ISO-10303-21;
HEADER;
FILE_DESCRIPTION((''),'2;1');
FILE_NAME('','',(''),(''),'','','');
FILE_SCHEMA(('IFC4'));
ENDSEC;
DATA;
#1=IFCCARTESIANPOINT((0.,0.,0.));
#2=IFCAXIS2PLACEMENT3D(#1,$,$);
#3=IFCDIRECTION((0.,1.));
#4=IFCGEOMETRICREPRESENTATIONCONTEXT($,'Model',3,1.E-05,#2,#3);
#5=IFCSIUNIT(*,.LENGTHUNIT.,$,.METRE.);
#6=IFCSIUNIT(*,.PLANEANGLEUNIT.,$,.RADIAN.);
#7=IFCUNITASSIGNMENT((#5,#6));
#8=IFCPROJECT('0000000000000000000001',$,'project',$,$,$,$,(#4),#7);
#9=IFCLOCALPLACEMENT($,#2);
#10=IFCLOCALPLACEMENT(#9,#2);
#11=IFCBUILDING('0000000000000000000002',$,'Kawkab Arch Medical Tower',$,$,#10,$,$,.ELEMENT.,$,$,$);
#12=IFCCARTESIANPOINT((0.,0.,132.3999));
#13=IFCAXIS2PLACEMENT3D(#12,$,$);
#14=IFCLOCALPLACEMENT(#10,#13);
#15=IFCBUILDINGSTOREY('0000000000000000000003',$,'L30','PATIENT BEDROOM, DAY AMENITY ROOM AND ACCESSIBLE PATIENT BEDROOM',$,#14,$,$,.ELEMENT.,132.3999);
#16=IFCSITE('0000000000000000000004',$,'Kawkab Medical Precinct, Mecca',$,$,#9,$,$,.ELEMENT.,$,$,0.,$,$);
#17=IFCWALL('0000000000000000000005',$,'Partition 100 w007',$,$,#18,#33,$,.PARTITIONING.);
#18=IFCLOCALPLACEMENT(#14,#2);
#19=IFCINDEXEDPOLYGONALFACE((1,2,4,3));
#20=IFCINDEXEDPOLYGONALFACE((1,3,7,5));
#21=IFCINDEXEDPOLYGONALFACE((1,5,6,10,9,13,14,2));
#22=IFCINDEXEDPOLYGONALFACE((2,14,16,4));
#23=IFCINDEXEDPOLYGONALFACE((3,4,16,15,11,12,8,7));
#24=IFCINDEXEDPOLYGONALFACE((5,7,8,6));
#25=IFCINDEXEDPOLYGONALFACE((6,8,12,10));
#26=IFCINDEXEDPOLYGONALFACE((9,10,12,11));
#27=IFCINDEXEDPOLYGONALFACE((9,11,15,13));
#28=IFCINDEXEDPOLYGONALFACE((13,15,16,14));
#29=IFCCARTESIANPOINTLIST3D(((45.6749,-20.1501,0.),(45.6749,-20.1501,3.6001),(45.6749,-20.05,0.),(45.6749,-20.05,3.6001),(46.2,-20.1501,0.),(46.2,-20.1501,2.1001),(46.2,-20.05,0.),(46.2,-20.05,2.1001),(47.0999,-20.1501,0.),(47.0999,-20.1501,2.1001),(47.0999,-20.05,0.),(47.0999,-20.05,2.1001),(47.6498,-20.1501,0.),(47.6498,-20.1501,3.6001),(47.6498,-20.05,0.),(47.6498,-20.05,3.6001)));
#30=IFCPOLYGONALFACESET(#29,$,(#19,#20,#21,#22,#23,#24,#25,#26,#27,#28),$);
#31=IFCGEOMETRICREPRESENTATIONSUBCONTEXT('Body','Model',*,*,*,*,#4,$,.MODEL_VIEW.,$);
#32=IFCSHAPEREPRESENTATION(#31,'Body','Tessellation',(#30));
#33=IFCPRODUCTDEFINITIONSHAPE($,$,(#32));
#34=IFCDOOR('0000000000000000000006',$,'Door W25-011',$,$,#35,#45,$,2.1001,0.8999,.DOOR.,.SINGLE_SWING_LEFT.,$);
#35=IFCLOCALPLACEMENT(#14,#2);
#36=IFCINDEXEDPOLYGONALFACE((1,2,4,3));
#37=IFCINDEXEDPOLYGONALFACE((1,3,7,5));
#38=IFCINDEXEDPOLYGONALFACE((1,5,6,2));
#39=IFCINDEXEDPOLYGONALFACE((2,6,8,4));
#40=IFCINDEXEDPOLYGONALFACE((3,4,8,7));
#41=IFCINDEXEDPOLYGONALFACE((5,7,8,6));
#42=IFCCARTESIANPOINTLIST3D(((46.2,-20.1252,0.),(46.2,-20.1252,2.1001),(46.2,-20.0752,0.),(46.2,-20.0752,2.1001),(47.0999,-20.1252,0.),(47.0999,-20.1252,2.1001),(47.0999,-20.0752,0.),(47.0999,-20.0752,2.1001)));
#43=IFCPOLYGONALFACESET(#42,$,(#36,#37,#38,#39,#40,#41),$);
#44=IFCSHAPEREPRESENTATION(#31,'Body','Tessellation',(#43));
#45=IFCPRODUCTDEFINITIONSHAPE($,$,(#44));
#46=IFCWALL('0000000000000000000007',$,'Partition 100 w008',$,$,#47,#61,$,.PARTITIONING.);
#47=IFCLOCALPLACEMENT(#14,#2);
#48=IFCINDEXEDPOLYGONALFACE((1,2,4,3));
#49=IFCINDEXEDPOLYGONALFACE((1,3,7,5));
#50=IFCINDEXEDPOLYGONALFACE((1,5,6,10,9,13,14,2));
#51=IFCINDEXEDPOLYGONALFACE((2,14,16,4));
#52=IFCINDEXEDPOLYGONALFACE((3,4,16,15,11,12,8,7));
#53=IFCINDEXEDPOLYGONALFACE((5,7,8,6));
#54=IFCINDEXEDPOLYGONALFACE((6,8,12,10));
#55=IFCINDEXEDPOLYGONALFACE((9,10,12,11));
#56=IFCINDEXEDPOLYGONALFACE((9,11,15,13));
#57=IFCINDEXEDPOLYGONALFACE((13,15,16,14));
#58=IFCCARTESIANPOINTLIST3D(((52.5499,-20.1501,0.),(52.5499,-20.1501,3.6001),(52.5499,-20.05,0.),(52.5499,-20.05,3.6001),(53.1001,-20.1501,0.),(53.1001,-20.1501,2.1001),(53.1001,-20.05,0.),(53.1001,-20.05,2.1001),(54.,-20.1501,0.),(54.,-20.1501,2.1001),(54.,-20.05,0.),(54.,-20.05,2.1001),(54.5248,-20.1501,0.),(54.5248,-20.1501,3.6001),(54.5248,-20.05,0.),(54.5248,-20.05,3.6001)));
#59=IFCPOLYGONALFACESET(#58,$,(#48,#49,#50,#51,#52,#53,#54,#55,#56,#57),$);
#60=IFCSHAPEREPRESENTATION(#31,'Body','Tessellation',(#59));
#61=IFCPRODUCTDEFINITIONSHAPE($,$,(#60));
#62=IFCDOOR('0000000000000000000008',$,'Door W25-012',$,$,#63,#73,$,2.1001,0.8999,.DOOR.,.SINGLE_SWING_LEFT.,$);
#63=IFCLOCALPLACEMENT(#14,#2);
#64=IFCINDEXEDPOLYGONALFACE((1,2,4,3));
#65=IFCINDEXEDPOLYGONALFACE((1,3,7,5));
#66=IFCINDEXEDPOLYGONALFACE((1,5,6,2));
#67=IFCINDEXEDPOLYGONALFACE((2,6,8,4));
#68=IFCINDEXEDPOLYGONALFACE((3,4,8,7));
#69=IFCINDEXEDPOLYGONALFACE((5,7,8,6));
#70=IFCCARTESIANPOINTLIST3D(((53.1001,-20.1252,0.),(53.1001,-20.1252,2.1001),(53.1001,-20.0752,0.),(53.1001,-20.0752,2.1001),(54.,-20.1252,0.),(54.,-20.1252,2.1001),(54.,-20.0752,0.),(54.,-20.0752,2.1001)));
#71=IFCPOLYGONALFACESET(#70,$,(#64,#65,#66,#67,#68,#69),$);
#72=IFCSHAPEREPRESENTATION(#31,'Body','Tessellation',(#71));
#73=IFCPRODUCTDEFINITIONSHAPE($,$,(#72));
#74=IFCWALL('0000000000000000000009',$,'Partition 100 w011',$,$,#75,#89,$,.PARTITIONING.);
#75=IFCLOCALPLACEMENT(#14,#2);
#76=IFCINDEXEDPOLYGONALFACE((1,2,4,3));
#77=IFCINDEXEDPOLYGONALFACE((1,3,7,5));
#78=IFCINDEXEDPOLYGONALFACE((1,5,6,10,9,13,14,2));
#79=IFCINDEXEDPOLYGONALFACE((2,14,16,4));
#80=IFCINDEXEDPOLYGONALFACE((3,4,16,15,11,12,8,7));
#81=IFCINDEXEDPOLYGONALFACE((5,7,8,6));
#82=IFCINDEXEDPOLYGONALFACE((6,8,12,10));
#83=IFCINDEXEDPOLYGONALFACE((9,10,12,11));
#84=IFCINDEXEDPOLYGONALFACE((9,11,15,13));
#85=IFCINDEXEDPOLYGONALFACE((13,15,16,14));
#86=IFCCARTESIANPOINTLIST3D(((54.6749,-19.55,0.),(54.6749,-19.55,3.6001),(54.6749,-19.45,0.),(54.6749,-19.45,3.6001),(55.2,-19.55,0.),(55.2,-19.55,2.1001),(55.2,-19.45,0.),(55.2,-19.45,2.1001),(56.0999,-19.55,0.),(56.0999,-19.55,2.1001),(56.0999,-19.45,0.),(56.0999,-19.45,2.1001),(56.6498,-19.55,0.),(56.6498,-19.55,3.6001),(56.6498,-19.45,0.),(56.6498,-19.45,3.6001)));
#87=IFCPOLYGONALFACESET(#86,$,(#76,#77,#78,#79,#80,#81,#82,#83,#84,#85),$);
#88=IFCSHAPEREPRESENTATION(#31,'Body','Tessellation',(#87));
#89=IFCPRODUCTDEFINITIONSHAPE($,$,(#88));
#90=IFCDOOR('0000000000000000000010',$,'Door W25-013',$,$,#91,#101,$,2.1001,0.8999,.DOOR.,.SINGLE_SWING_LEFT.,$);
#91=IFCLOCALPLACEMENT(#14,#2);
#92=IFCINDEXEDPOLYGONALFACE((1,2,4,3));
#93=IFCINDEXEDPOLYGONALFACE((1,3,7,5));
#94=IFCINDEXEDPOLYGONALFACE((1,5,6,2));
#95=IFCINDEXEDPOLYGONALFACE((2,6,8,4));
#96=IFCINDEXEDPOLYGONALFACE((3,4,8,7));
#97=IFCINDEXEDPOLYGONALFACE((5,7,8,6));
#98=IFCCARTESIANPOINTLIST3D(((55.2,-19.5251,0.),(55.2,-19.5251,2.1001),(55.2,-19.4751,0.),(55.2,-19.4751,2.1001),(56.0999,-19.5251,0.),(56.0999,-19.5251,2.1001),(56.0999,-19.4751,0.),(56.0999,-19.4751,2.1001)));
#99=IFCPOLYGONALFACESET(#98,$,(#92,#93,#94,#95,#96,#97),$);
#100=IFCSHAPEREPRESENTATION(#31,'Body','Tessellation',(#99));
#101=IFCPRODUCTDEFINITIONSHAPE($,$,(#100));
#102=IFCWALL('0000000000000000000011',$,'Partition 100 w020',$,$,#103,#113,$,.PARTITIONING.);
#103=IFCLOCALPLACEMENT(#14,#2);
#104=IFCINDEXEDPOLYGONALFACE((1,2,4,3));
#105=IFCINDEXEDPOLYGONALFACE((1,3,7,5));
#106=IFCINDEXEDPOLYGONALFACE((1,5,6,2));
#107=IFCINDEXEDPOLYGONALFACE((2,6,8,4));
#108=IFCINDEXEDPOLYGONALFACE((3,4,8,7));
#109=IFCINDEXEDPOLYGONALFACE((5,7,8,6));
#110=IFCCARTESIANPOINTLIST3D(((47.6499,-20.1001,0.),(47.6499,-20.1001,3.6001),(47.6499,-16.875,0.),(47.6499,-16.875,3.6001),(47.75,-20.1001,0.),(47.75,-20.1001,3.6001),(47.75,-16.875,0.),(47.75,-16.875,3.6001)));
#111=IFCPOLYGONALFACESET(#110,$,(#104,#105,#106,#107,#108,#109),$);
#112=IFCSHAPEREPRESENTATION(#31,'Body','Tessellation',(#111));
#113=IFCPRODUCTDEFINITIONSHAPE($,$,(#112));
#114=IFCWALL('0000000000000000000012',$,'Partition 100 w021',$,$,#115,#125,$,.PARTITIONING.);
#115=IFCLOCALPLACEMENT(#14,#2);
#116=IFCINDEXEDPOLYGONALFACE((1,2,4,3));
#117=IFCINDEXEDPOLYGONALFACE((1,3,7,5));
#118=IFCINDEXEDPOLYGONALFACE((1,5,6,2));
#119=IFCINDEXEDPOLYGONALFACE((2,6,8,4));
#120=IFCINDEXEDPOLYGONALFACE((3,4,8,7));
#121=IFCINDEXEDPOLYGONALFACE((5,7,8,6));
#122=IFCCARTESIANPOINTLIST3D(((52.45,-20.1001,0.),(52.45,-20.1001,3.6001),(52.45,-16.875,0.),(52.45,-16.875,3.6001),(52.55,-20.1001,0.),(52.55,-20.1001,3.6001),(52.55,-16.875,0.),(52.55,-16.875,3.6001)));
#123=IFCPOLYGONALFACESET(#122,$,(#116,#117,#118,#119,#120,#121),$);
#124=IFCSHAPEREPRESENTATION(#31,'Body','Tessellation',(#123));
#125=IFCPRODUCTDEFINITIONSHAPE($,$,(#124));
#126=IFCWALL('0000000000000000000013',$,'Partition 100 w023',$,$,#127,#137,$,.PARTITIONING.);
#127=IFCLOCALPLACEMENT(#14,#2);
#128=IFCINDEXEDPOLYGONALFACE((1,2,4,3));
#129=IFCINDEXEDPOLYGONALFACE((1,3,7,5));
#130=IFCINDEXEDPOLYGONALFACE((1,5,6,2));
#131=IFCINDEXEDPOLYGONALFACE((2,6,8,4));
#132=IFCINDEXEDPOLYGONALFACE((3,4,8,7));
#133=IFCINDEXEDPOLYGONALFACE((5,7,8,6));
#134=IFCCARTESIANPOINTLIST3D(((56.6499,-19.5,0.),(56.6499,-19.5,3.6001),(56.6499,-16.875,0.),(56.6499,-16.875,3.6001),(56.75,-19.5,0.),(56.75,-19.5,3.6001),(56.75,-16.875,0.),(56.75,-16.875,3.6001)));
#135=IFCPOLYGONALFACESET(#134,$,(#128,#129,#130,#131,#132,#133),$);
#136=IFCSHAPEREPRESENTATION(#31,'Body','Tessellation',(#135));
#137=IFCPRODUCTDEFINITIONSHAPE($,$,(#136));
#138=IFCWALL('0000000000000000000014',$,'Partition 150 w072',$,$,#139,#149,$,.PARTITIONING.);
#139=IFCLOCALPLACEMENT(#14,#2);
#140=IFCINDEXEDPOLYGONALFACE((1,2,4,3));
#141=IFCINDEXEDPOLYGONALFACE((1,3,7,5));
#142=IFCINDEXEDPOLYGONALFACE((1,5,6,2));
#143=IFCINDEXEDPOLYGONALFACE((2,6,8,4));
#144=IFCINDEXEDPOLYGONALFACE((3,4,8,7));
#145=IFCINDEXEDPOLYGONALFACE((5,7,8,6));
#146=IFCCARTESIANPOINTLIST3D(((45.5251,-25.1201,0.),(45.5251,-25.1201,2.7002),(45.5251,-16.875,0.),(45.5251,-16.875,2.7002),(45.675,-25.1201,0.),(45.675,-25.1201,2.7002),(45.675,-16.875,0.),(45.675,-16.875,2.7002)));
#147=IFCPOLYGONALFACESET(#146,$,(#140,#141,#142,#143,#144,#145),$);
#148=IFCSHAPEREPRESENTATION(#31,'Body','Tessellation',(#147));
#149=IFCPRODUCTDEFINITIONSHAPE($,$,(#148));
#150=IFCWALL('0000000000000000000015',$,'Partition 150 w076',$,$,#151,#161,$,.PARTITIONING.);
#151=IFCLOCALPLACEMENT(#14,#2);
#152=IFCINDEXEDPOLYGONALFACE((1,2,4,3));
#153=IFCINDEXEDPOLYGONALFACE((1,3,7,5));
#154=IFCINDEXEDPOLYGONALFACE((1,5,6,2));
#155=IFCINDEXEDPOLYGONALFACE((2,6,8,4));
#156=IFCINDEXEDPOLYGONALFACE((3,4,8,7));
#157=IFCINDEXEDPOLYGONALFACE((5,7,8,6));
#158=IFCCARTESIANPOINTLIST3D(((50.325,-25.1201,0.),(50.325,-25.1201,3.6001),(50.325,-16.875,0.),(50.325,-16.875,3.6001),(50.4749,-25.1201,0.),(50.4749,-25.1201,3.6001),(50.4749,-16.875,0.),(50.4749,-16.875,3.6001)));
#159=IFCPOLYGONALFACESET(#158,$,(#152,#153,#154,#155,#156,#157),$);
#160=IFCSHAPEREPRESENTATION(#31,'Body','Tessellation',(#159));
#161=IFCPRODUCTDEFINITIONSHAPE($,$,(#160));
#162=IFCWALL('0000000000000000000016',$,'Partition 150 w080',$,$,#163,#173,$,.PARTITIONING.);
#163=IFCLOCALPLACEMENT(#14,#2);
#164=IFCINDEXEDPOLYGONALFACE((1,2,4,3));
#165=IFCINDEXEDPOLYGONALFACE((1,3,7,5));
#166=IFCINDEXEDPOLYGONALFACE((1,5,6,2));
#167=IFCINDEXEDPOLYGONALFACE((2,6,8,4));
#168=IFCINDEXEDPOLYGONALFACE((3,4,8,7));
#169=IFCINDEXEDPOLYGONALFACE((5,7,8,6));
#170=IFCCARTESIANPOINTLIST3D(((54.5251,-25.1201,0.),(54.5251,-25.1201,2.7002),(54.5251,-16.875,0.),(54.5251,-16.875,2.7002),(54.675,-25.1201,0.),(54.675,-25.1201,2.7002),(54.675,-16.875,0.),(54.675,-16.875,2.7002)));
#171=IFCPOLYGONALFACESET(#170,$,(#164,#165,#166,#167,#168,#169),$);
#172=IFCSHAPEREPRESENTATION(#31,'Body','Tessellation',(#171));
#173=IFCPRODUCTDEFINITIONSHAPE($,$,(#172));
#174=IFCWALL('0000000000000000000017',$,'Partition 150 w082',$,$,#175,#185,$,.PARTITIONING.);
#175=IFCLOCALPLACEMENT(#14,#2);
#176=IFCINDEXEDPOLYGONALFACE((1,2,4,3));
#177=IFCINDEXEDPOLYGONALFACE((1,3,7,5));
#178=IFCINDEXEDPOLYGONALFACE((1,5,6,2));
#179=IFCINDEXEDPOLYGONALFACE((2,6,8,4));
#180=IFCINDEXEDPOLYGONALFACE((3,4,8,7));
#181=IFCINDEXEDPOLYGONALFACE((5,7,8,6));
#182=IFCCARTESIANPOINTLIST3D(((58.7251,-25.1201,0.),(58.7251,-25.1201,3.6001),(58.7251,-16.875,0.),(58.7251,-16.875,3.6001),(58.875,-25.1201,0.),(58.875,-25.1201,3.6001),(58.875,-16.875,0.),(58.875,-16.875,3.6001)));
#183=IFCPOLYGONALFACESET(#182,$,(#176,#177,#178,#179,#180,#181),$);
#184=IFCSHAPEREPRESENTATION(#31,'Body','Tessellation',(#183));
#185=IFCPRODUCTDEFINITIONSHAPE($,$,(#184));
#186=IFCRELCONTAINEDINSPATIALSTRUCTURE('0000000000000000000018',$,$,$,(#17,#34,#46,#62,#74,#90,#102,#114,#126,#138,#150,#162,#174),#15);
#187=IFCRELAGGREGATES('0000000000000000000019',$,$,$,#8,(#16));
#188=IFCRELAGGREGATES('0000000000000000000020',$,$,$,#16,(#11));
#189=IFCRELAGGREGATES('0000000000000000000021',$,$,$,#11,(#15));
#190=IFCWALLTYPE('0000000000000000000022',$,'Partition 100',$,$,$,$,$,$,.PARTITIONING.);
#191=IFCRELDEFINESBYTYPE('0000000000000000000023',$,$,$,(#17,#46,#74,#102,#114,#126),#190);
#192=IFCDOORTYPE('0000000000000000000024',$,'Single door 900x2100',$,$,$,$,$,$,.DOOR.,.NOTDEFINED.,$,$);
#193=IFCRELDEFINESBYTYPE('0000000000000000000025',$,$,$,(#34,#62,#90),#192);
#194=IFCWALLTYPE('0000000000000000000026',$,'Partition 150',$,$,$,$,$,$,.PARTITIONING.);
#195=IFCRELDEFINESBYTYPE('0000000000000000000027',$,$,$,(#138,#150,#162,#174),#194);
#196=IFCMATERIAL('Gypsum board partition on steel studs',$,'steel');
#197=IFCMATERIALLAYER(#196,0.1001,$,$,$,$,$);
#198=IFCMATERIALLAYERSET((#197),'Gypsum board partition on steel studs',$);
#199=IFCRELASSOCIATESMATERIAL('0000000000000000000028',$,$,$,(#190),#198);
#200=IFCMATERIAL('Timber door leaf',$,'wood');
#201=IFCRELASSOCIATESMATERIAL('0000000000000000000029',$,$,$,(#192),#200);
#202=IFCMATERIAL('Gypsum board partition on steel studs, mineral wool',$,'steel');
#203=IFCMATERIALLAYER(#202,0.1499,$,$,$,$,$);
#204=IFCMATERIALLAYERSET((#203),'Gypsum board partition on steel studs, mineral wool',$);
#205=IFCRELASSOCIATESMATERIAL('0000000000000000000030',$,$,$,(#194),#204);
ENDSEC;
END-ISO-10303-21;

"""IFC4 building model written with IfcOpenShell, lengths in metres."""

from ifc_helpers import new_model, si_unit, direction, frame, frame_2d, origin, place, context, subcontext, project, spatial, rectangle, extrude, material, layer, layer_set, type_object, element, fill, save


model = new_model("IFC4")

# Units and contexts
model_context = context("Model", 3, precision=1e-05, world=origin(), true_north=direction((0.0, 1.0)))
body_context = subcontext(model_context, "Body", "Model", "MODEL_VIEW")
ifc_project = project(units=[si_unit("LENGTHUNIT", "METRE"), si_unit("PLANEANGLEUNIT", "RADIAN")], contexts=[model_context])

# Site, building, storey
site_placement = place(None, origin())
site = spatial("IfcSite", under=ifc_project, at=site_placement, Name="Kawkab Medical Precinct, Mecca", CompositionType="ELEMENT", RefElevation=0.0)
building_placement = place(site_placement, origin())
building = spatial("IfcBuilding", under=site, at=building_placement, Name="Kawkab Arch Medical Tower", CompositionType="ELEMENT")
storey_placement = place(building_placement, frame((0.0, 0.0, 132.3999)))
storey = spatial("IfcBuildingStorey", under=building, at=storey_placement, Name="L30", Description="PATIENT BEDROOM, DAY AMENITY ROOM AND ACCESSIBLE PATIENT BEDROOM", CompositionType="ELEMENT", Elevation=132.3999)

# Walls, openings, doors
ifc_material_1 = material(Name="Gypsum board partition on steel studs", Category="steel")
ifc_layer_1 = layer(ifc_material_1, 0.1001)
ifc_layer_set_1 = layer_set([ifc_layer_1], Name="Gypsum board partition on steel studs")
wall_type_1 = type_object("IfcWallType", Name="Partition 100", PredefinedType="PARTITIONING", material=ifc_layer_set_1)
wall_1_placement = place(storey_placement, frame((45.675, -20.1001, 0.0), z_axis=(0.0, 0.0, 1.0), x_axis=(1.0, 0.0, 0.0)))
wall_1 = element("IfcWall", 1, at=wall_1_placement, inside=storey, type_object=wall_type_1, Name="Partition 100 w007", PredefinedType="PARTITIONING", context=body_context, shape_type="SweptSolid", body=[
    extrude(rectangle(XDim=1.9749, YDim=0.1001, at=frame_2d((0.9873, 0.0))), origin(), (0.0, 0.0, 1.0), 3.6001),
])
opening_1_placement = place(wall_1_placement, frame((0.5249, 0.0, 0.0)))
opening_1 = element("IfcOpeningElement", 2, at=opening_1_placement, cuts=wall_1, PredefinedType="OPENING", context=body_context, shape_type="SweptSolid", body=[
    extrude(rectangle(XDim=0.8999, YDim=2.1001, at=frame_2d((0.45, 1.05))), frame((0.0, 0.0601, 0.0), z_axis=(0.0, -1.0, 0.0), x_axis=(1.0, 0.0, 0.0)), (0.0, 0.0, 1.0), 0.1201),
])
ifc_material_2 = material(Name="Timber door leaf", Category="wood")
door_type = type_object("IfcDoorType", Name="Single door 900x2100", OperationType="NOTDEFINED", PredefinedType="DOOR", material=ifc_material_2)
door_1_placement = place(opening_1_placement, origin())
door_1 = element("IfcDoor", 3, at=door_1_placement, inside=storey, type_object=door_type, Name="Door W25-011", OperationType="SINGLE_SWING_LEFT", OverallHeight=2.1001, OverallWidth=0.8999, PredefinedType="DOOR", context=body_context, shape_type="SweptSolid", body=[
    extrude(rectangle(XDim=0.8999, YDim=2.1001, at=frame_2d((0.45, 1.05))), frame((0.0, 0.0249, 0.0), z_axis=(0.0, -1.0, 0.0), x_axis=(1.0, 0.0, 0.0)), (0.0, 0.0, 1.0), 0.05),
])
fill(opening_1, door_1)
wall_2_placement = place(storey_placement, frame((52.55, -20.1001, 0.0), z_axis=(0.0, 0.0, 1.0), x_axis=(1.0, 0.0, 0.0)))
wall_2 = element("IfcWall", 4, at=wall_2_placement, inside=storey, type_object=wall_type_1, Name="Partition 100 w008", PredefinedType="PARTITIONING", context=body_context, shape_type="SweptSolid", body=[
    extrude(rectangle(XDim=1.9749, YDim=0.1001, at=frame_2d((0.9873, 0.0))), origin(), (0.0, 0.0, 1.0), 3.6001),
])
opening_2_placement = place(wall_2_placement, frame((0.55, 0.0, 0.0)))
opening_2 = element("IfcOpeningElement", 5, at=opening_2_placement, cuts=wall_2, PredefinedType="OPENING", context=body_context, shape_type="SweptSolid", body=[
    extrude(rectangle(XDim=0.8999, YDim=2.1001, at=frame_2d((0.45, 1.05))), frame((0.0, 0.0601, 0.0), z_axis=(0.0, -1.0, 0.0), x_axis=(1.0, 0.0, 0.0)), (0.0, 0.0, 1.0), 0.1201),
])
door_2_placement = place(opening_2_placement, origin())
door_2 = element("IfcDoor", 6, at=door_2_placement, inside=storey, type_object=door_type, Name="Door W25-012", OperationType="SINGLE_SWING_LEFT", OverallHeight=2.1001, OverallWidth=0.8999, PredefinedType="DOOR", context=body_context, shape_type="SweptSolid", body=[
    extrude(rectangle(XDim=0.8999, YDim=2.1001, at=frame_2d((0.45, 1.05))), frame((0.0, 0.0249, 0.0), z_axis=(0.0, -1.0, 0.0), x_axis=(1.0, 0.0, 0.0)), (0.0, 0.0, 1.0), 0.05),
])
fill(opening_2, door_2)
wall_3_placement = place(storey_placement, frame((54.675, -19.5, 0.0), z_axis=(0.0, 0.0, 1.0), x_axis=(1.0, 0.0, 0.0)))
wall_3 = element("IfcWall", 7, at=wall_3_placement, inside=storey, type_object=wall_type_1, Name="Partition 100 w011", PredefinedType="PARTITIONING", context=body_context, shape_type="SweptSolid", body=[
    extrude(rectangle(XDim=1.9749, YDim=0.1001, at=frame_2d((0.9873, 0.0))), origin(), (0.0, 0.0, 1.0), 3.6001),
])
opening_3_placement = place(wall_3_placement, frame((0.5249, 0.0, 0.0)))
opening_3 = element("IfcOpeningElement", 8, at=opening_3_placement, cuts=wall_3, PredefinedType="OPENING", context=body_context, shape_type="SweptSolid", body=[
    extrude(rectangle(XDim=0.8999, YDim=2.1001, at=frame_2d((0.45, 1.05))), frame((0.0, 0.0601, 0.0), z_axis=(0.0, -1.0, 0.0), x_axis=(1.0, 0.0, 0.0)), (0.0, 0.0, 1.0), 0.1201),
])
door_3_placement = place(opening_3_placement, origin())
door_3 = element("IfcDoor", 9, at=door_3_placement, inside=storey, type_object=door_type, Name="Door W25-013", OperationType="SINGLE_SWING_LEFT", OverallHeight=2.1001, OverallWidth=0.8999, PredefinedType="DOOR", context=body_context, shape_type="SweptSolid", body=[
    extrude(rectangle(XDim=0.8999, YDim=2.1001, at=frame_2d((0.45, 1.05))), frame((0.0, 0.0249, 0.0), z_axis=(0.0, -1.0, 0.0), x_axis=(1.0, 0.0, 0.0)), (0.0, 0.0, 1.0), 0.05),
])
fill(opening_3, door_3)

# Walls
for number, where, z_axis, x_axis, name in (
    (10, (47.7, -20.1001, 0.0), (0.0, 0.0, 1.0), (0.0, 1.0, 0.0), "Partition 100 w020"),
    (11, (52.5, -20.1001, 0.0), (0.0, 0.0, 1.0), (0.0, 1.0, 0.0), "Partition 100 w021"),
):
    element("IfcWall", number, at=place(storey_placement, frame(where, z_axis=z_axis, x_axis=x_axis)), inside=storey, type_object=wall_type_1, Name=name, PredefinedType="PARTITIONING", context=body_context, shape_type="SweptSolid", body=[
        extrude(rectangle(XDim=3.2251, YDim=0.1001, at=frame_2d((1.6125, 0.0))), origin(), (0.0, 0.0, 1.0), 3.6001),
    ])
wall_4_placement = place(storey_placement, frame((56.7, -19.5, 0.0), z_axis=(0.0, 0.0, 1.0), x_axis=(0.0, 1.0, 0.0)))
element("IfcWall", 12, at=wall_4_placement, inside=storey, type_object=wall_type_1, Name="Partition 100 w023", PredefinedType="PARTITIONING", context=body_context, shape_type="SweptSolid", body=[
    extrude(rectangle(XDim=2.625, YDim=0.1001, at=frame_2d((1.3125, 0.0))), origin(), (0.0, 0.0, 1.0), 3.6001),
])
ifc_material_3 = material(Name="Gypsum board partition on steel studs, mineral wool", Category="steel")
ifc_layer_2 = layer(ifc_material_3, 0.1499)
ifc_layer_set_2 = layer_set([ifc_layer_2], Name="Gypsum board partition on steel studs, mineral wool")
wall_type_2 = type_object("IfcWallType", Name="Partition 150", PredefinedType="PARTITIONING", material=ifc_layer_set_2)
wall_5_placement = place(storey_placement, frame((45.6001, -25.1201, 0.0), z_axis=(0.0, 0.0, 1.0), x_axis=(0.0, 1.0, 0.0)))
element("IfcWall", 13, at=wall_5_placement, inside=storey, type_object=wall_type_2, Name="Partition 150 w072", PredefinedType="PARTITIONING", context=body_context, shape_type="SweptSolid", body=[
    extrude(rectangle(XDim=8.2451, YDim=0.1499, at=frame_2d((4.1226, 0.0))), origin(), (0.0, 0.0, 1.0), 2.7002),
])
wall_6_placement = place(storey_placement, frame((50.3999, -25.1201, 0.0), z_axis=(0.0, 0.0, 1.0), x_axis=(0.0, 1.0, 0.0)))
element("IfcWall", 14, at=wall_6_placement, inside=storey, type_object=wall_type_2, Name="Partition 150 w076", PredefinedType="PARTITIONING", context=body_context, shape_type="SweptSolid", body=[
    extrude(rectangle(XDim=8.2451, YDim=0.1499, at=frame_2d((4.1226, 0.0))), origin(), (0.0, 0.0, 1.0), 3.6001),
])
wall_7_placement = place(storey_placement, frame((54.6001, -25.1201, 0.0), z_axis=(0.0, 0.0, 1.0), x_axis=(0.0, 1.0, 0.0)))
element("IfcWall", 15, at=wall_7_placement, inside=storey, type_object=wall_type_2, Name="Partition 150 w080", PredefinedType="PARTITIONING", context=body_context, shape_type="SweptSolid", body=[
    extrude(rectangle(XDim=8.2451, YDim=0.1499, at=frame_2d((4.1226, 0.0))), origin(), (0.0, 0.0, 1.0), 2.7002),
])
wall_8_placement = place(storey_placement, frame((58.8, -25.1201, 0.0), z_axis=(0.0, 0.0, 1.0), x_axis=(0.0, 1.0, 0.0)))
element("IfcWall", 16, at=wall_8_placement, inside=storey, type_object=wall_type_2, Name="Partition 150 w082", PredefinedType="PARTITIONING", context=body_context, shape_type="SweptSolid", body=[
    extrude(rectangle(XDim=8.2451, YDim=0.1499, at=frame_2d((4.1226, 0.0))), origin(), (0.0, 0.0, 1.0), 3.6001),
])

save(model, "model.ifc")
